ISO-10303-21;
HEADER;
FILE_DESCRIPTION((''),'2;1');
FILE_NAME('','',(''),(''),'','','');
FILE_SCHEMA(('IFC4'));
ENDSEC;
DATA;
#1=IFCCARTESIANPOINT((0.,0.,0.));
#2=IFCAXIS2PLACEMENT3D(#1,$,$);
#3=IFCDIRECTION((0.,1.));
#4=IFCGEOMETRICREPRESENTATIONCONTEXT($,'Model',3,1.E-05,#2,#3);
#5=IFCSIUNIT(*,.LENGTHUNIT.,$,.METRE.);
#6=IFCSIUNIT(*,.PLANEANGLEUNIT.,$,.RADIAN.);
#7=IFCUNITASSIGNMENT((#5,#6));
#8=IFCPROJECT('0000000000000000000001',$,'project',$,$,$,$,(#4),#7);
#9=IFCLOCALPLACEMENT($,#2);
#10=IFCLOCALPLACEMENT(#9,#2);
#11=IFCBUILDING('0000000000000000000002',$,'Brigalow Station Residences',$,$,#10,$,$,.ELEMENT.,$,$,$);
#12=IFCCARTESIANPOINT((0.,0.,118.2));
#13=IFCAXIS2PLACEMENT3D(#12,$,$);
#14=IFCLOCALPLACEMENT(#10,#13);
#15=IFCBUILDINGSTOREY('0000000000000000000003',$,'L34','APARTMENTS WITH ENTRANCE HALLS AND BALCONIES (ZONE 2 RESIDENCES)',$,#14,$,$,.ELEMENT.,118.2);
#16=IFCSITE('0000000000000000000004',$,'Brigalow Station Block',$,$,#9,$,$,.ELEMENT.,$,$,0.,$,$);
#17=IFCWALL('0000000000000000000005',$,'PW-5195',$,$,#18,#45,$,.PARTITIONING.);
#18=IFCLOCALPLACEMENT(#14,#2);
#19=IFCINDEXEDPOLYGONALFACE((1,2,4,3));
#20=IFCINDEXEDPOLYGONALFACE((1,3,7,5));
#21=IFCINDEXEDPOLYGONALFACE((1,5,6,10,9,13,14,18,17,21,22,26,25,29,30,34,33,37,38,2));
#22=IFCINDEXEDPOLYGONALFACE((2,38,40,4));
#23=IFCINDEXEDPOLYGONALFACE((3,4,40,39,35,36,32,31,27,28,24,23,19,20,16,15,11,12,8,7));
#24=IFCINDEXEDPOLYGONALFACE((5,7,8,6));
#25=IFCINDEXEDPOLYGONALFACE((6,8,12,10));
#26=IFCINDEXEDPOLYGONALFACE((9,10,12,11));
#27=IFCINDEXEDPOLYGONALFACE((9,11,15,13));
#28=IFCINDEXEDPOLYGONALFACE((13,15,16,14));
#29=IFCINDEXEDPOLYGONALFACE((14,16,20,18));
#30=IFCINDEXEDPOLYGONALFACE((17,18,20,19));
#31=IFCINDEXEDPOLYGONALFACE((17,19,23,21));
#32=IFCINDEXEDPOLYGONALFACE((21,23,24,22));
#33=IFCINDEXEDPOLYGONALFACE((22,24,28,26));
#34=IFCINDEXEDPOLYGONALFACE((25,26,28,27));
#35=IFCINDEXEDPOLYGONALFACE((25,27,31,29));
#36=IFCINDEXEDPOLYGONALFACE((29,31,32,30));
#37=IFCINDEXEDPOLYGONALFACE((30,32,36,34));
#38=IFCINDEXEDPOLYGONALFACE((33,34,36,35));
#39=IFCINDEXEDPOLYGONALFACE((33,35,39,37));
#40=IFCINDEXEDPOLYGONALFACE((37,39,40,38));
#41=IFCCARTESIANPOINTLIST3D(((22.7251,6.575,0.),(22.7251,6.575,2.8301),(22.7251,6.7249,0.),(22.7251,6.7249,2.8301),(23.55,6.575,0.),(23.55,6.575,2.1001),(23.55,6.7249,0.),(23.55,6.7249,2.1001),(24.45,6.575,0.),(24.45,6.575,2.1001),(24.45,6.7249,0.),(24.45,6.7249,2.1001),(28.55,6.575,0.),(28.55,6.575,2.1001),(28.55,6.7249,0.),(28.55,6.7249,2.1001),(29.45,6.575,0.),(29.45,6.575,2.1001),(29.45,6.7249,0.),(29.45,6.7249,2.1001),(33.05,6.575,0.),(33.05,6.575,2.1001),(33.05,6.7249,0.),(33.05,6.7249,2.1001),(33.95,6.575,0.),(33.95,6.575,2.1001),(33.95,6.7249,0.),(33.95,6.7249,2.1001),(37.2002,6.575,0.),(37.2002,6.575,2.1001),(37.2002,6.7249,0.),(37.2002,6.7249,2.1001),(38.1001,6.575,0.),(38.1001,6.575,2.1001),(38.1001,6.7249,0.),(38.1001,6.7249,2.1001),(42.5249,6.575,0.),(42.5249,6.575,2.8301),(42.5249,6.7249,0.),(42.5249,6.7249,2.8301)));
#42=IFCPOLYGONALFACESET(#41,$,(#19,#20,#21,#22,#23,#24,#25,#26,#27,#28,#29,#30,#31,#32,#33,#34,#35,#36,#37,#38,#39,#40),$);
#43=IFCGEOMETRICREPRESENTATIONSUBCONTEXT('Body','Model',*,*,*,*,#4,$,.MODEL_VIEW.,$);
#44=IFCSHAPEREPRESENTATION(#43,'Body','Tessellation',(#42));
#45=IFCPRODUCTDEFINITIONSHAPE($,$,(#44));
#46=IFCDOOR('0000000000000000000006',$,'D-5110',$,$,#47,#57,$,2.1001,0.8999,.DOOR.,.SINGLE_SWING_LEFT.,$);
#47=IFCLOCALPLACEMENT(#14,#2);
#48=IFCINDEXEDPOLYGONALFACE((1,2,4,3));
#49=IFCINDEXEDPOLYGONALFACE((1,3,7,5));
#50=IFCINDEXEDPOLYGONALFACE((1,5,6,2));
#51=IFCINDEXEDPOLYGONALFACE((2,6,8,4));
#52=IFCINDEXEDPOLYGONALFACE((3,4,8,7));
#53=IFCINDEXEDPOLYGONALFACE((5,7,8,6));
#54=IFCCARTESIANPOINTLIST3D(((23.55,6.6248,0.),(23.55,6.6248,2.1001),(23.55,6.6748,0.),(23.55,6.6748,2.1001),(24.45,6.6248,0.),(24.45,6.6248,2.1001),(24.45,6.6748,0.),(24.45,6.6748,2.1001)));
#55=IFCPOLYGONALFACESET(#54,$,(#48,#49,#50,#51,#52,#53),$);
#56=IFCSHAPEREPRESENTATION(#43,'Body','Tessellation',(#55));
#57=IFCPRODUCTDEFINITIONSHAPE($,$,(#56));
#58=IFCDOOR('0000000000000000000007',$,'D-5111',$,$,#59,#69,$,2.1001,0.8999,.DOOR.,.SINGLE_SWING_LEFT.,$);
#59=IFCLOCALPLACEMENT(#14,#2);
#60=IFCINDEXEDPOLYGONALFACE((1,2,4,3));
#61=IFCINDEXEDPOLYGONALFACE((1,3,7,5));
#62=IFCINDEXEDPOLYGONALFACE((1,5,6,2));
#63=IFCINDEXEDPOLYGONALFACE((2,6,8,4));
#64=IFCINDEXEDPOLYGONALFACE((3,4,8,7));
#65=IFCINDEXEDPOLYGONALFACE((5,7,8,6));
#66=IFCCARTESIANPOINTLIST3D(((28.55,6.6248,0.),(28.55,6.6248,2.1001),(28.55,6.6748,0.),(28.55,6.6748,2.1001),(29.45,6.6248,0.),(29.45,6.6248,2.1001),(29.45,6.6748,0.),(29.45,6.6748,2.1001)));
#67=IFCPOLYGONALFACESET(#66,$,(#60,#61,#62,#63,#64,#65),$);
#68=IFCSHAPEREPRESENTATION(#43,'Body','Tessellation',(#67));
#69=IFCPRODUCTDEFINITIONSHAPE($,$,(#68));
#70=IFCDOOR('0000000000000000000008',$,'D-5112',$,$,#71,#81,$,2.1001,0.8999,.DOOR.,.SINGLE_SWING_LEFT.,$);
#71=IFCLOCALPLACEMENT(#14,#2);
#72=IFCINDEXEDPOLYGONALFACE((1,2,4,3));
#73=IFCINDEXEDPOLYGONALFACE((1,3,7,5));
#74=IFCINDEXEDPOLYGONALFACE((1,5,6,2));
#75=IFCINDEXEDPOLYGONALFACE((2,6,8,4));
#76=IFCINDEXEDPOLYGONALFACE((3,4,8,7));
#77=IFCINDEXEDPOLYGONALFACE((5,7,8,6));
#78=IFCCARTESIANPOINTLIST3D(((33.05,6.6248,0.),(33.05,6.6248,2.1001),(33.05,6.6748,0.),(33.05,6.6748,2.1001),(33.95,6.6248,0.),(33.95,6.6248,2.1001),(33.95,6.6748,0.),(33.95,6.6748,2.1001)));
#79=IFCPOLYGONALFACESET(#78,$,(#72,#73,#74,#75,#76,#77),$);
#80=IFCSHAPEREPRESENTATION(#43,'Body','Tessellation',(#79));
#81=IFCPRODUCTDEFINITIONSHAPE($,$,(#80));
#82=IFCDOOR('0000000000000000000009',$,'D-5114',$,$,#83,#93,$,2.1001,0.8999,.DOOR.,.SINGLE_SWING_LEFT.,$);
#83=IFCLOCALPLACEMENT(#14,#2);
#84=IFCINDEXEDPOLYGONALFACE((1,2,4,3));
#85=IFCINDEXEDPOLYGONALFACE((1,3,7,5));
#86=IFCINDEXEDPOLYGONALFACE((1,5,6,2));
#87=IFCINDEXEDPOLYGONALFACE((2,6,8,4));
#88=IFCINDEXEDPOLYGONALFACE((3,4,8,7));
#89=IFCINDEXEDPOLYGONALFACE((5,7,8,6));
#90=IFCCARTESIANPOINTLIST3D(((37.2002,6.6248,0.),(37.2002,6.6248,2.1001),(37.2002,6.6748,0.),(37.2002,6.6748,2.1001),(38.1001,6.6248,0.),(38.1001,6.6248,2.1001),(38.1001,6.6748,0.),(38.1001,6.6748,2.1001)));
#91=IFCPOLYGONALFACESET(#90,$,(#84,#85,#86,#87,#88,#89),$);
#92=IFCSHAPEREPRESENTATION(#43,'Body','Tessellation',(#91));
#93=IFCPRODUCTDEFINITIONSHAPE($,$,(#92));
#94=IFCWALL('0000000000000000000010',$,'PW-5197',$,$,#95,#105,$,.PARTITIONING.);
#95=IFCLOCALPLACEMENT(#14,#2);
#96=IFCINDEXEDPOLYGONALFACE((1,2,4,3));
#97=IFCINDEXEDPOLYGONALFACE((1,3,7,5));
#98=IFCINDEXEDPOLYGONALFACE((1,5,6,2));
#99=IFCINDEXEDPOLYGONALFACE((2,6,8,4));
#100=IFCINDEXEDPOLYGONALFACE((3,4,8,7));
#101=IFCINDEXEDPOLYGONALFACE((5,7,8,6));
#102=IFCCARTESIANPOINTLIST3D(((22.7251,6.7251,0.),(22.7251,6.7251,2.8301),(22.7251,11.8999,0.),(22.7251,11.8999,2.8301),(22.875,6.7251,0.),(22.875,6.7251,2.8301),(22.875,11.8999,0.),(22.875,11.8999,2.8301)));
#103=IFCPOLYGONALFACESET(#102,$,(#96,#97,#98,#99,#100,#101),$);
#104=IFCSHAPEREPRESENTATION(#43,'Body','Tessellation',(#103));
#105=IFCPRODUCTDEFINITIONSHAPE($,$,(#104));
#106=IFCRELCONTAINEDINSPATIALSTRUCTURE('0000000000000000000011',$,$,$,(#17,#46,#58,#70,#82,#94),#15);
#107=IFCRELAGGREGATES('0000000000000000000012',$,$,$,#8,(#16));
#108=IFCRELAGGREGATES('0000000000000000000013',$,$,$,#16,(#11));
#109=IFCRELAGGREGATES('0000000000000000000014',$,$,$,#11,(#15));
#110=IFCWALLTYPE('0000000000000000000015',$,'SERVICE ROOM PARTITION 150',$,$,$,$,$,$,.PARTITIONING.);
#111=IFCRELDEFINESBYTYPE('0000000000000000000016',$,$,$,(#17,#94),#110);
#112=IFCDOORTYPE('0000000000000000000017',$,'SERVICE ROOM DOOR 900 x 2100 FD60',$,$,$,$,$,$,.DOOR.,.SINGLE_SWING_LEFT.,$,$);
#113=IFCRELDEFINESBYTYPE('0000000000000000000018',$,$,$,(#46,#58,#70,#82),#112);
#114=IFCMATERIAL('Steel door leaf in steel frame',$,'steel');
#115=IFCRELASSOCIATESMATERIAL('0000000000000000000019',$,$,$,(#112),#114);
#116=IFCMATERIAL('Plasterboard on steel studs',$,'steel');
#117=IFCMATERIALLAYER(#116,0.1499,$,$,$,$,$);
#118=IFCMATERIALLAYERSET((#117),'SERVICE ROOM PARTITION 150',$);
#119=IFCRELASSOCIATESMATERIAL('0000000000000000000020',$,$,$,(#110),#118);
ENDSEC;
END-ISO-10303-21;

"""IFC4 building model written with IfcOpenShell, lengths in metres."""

from ifc_helpers import new_model, si_unit, direction, frame, frame_2d, origin, place, context, subcontext, project, spatial, rectangle, extrude, material, layer, layer_set, type_object, element, fill, save


model = new_model("IFC4")

# Units and contexts
model_context = context("Model", 3, precision=1e-05, world=origin(), true_north=direction((0.0, 1.0)))
body_context = subcontext(model_context, "Body", "Model", "MODEL_VIEW")
ifc_project = project(units=[si_unit("LENGTHUNIT", "METRE"), si_unit("PLANEANGLEUNIT", "RADIAN")], contexts=[model_context])

# Site, building, storey
site_placement = place(None, origin())
site = spatial("IfcSite", under=ifc_project, at=site_placement, Name="Brigalow Station Block", CompositionType="ELEMENT", RefElevation=0.0)
building_placement = place(site_placement, origin())
building = spatial("IfcBuilding", under=site, at=building_placement, Name="Brigalow Station Residences", CompositionType="ELEMENT")
storey_placement = place(building_placement, frame((0.0, 0.0, 118.2)))
storey = spatial("IfcBuildingStorey", under=building, at=storey_placement, Name="L34", Description="APARTMENTS WITH ENTRANCE HALLS AND BALCONIES (ZONE 2 RESIDENCES)", CompositionType="ELEMENT", Elevation=118.2)

# Shared definitions
ifc_material_1 = material(Name="Steel door leaf in steel frame", Category="steel")
door_type_1 = type_object("IfcDoorType", Name="SERVICE ROOM DOOR 900 x 2100 FD60", OperationType="SINGLE_SWING_LEFT", PredefinedType="DOOR", material=ifc_material_1)

# Shared definitions
ifc_material_2 = material(Name="Plasterboard on steel studs", Category="steel")
ifc_layer_1 = layer(ifc_material_2, 0.1499)
ifc_layer_set_1 = layer_set([ifc_layer_1], Name="SERVICE ROOM PARTITION 150")
wall_type_1 = type_object("IfcWallType", Name="SERVICE ROOM PARTITION 150", PredefinedType="PARTITIONING", material=ifc_layer_set_1)

# Wall, openings, doors
wall_1_placement = place(storey_placement, frame((22.7251, 6.6499, 0.0), z_axis=(0.0, 0.0, 1.0), x_axis=(1.0, 0.0, 0.0)))
wall_1 = element("IfcWall", 1, at=wall_1_placement, inside=storey, type_object=wall_type_1, Name="PW-5195", PredefinedType="PARTITIONING", context=body_context, shape_type="SweptSolid", body=[
    extrude(rectangle(XDim=19.7998, YDim=0.1499, at=frame_2d((9.8999, 0.0))), origin(), (0.0, 0.0, 1.0), 2.8301),
])
opening_1_placement = place(wall_1_placement, frame((0.825, 0.0, 0.0)))
opening_1 = element("IfcOpeningElement", 2, at=opening_1_placement, cuts=wall_1, PredefinedType="OPENING", context=body_context, shape_type="SweptSolid", body=[
    extrude(rectangle(XDim=0.8999, YDim=2.1001, at=frame_2d((0.45, 1.05))), frame((0.0, 0.085, 0.0), z_axis=(0.0, -1.0, 0.0), x_axis=(1.0, 0.0, 0.0)), (0.0, 0.0, 1.0), 0.1699),
])
opening_2_placement = place(wall_1_placement, frame((5.825, 0.0, 0.0)))
opening_2 = element("IfcOpeningElement", 3, at=opening_2_placement, cuts=wall_1, PredefinedType="OPENING", context=body_context, shape_type="SweptSolid", body=[
    extrude(rectangle(XDim=0.8999, YDim=2.1001, at=frame_2d((0.45, 1.05))), frame((0.0, 0.085, 0.0), z_axis=(0.0, -1.0, 0.0), x_axis=(1.0, 0.0, 0.0)), (0.0, 0.0, 1.0), 0.1699),
])
opening_3_placement = place(wall_1_placement, frame((10.325, 0.0, 0.0)))
opening_3 = element("IfcOpeningElement", 4, at=opening_3_placement, cuts=wall_1, PredefinedType="OPENING", context=body_context, shape_type="SweptSolid", body=[
    extrude(rectangle(XDim=0.8999, YDim=2.1001, at=frame_2d((0.45, 1.05))), frame((0.0, 0.085, 0.0), z_axis=(0.0, -1.0, 0.0), x_axis=(1.0, 0.0, 0.0)), (0.0, 0.0, 1.0), 0.1699),
])
opening_4_placement = place(wall_1_placement, frame((14.4751, 0.0, 0.0)))
opening_4 = element("IfcOpeningElement", 5, at=opening_4_placement, cuts=wall_1, PredefinedType="OPENING", context=body_context, shape_type="SweptSolid", body=[
    extrude(rectangle(XDim=0.8999, YDim=2.1001, at=frame_2d((0.45, 1.05))), frame((0.0, 0.085, 0.0), z_axis=(0.0, -1.0, 0.0), x_axis=(1.0, 0.0, 0.0)), (0.0, 0.0, 1.0), 0.1699),
])
door_1_placement = place(opening_1_placement, origin())
door_1 = element("IfcDoor", 6, at=door_1_placement, inside=storey, type_object=door_type_1, Name="D-5110", OperationType="SINGLE_SWING_LEFT", OverallHeight=2.1001, OverallWidth=0.8999, PredefinedType="DOOR", context=body_context, shape_type="SweptSolid", body=[
    extrude(rectangle(XDim=0.8999, YDim=2.1001, at=frame_2d((0.45, 1.05))), frame((0.0, 0.0249, 0.0), z_axis=(0.0, -1.0, 0.0), x_axis=(1.0, 0.0, 0.0)), (0.0, 0.0, 1.0), 0.05),
])
fill(opening_1, door_1)
door_2_placement = place(opening_2_placement, origin())
door_2 = element("IfcDoor", 7, at=door_2_placement, inside=storey, type_object=door_type_1, Name="D-5111", OperationType="SINGLE_SWING_LEFT", OverallHeight=2.1001, OverallWidth=0.8999, PredefinedType="DOOR", context=body_context, shape_type="SweptSolid", body=[
    extrude(rectangle(XDim=0.8999, YDim=2.1001, at=frame_2d((0.45, 1.05))), frame((0.0, 0.0249, 0.0), z_axis=(0.0, -1.0, 0.0), x_axis=(1.0, 0.0, 0.0)), (0.0, 0.0, 1.0), 0.05),
])
fill(opening_2, door_2)
door_3_placement = place(opening_3_placement, origin())
door_3 = element("IfcDoor", 8, at=door_3_placement, inside=storey, type_object=door_type_1, Name="D-5112", OperationType="SINGLE_SWING_LEFT", OverallHeight=2.1001, OverallWidth=0.8999, PredefinedType="DOOR", context=body_context, shape_type="SweptSolid", body=[
    extrude(rectangle(XDim=0.8999, YDim=2.1001, at=frame_2d((0.45, 1.05))), frame((0.0, 0.0249, 0.0), z_axis=(0.0, -1.0, 0.0), x_axis=(1.0, 0.0, 0.0)), (0.0, 0.0, 1.0), 0.05),
])
fill(opening_3, door_3)
door_4_placement = place(opening_4_placement, origin())
door_4 = element("IfcDoor", 9, at=door_4_placement, inside=storey, type_object=door_type_1, Name="D-5114", OperationType="SINGLE_SWING_LEFT", OverallHeight=2.1001, OverallWidth=0.8999, PredefinedType="DOOR", context=body_context, shape_type="SweptSolid", body=[
    extrude(rectangle(XDim=0.8999, YDim=2.1001, at=frame_2d((0.45, 1.05))), frame((0.0, 0.0249, 0.0), z_axis=(0.0, -1.0, 0.0), x_axis=(1.0, 0.0, 0.0)), (0.0, 0.0, 1.0), 0.05),
])
fill(opening_4, door_4)

# Wall
wall_2_placement = place(storey_placement, frame((22.8, 6.7251, 0.0), z_axis=(0.0, 0.0, 1.0), x_axis=(0.0, 1.0, 0.0)))
element("IfcWall", 10, at=wall_2_placement, inside=storey, type_object=wall_type_1, Name="PW-5197", PredefinedType="PARTITIONING", context=body_context, shape_type="SweptSolid", body=[
    extrude(rectangle(XDim=5.1748, YDim=0.1499, at=frame_2d((2.5874, 0.0))), origin(), (0.0, 0.0, 1.0), 2.8301),
])

save(model, "model.ifc")
